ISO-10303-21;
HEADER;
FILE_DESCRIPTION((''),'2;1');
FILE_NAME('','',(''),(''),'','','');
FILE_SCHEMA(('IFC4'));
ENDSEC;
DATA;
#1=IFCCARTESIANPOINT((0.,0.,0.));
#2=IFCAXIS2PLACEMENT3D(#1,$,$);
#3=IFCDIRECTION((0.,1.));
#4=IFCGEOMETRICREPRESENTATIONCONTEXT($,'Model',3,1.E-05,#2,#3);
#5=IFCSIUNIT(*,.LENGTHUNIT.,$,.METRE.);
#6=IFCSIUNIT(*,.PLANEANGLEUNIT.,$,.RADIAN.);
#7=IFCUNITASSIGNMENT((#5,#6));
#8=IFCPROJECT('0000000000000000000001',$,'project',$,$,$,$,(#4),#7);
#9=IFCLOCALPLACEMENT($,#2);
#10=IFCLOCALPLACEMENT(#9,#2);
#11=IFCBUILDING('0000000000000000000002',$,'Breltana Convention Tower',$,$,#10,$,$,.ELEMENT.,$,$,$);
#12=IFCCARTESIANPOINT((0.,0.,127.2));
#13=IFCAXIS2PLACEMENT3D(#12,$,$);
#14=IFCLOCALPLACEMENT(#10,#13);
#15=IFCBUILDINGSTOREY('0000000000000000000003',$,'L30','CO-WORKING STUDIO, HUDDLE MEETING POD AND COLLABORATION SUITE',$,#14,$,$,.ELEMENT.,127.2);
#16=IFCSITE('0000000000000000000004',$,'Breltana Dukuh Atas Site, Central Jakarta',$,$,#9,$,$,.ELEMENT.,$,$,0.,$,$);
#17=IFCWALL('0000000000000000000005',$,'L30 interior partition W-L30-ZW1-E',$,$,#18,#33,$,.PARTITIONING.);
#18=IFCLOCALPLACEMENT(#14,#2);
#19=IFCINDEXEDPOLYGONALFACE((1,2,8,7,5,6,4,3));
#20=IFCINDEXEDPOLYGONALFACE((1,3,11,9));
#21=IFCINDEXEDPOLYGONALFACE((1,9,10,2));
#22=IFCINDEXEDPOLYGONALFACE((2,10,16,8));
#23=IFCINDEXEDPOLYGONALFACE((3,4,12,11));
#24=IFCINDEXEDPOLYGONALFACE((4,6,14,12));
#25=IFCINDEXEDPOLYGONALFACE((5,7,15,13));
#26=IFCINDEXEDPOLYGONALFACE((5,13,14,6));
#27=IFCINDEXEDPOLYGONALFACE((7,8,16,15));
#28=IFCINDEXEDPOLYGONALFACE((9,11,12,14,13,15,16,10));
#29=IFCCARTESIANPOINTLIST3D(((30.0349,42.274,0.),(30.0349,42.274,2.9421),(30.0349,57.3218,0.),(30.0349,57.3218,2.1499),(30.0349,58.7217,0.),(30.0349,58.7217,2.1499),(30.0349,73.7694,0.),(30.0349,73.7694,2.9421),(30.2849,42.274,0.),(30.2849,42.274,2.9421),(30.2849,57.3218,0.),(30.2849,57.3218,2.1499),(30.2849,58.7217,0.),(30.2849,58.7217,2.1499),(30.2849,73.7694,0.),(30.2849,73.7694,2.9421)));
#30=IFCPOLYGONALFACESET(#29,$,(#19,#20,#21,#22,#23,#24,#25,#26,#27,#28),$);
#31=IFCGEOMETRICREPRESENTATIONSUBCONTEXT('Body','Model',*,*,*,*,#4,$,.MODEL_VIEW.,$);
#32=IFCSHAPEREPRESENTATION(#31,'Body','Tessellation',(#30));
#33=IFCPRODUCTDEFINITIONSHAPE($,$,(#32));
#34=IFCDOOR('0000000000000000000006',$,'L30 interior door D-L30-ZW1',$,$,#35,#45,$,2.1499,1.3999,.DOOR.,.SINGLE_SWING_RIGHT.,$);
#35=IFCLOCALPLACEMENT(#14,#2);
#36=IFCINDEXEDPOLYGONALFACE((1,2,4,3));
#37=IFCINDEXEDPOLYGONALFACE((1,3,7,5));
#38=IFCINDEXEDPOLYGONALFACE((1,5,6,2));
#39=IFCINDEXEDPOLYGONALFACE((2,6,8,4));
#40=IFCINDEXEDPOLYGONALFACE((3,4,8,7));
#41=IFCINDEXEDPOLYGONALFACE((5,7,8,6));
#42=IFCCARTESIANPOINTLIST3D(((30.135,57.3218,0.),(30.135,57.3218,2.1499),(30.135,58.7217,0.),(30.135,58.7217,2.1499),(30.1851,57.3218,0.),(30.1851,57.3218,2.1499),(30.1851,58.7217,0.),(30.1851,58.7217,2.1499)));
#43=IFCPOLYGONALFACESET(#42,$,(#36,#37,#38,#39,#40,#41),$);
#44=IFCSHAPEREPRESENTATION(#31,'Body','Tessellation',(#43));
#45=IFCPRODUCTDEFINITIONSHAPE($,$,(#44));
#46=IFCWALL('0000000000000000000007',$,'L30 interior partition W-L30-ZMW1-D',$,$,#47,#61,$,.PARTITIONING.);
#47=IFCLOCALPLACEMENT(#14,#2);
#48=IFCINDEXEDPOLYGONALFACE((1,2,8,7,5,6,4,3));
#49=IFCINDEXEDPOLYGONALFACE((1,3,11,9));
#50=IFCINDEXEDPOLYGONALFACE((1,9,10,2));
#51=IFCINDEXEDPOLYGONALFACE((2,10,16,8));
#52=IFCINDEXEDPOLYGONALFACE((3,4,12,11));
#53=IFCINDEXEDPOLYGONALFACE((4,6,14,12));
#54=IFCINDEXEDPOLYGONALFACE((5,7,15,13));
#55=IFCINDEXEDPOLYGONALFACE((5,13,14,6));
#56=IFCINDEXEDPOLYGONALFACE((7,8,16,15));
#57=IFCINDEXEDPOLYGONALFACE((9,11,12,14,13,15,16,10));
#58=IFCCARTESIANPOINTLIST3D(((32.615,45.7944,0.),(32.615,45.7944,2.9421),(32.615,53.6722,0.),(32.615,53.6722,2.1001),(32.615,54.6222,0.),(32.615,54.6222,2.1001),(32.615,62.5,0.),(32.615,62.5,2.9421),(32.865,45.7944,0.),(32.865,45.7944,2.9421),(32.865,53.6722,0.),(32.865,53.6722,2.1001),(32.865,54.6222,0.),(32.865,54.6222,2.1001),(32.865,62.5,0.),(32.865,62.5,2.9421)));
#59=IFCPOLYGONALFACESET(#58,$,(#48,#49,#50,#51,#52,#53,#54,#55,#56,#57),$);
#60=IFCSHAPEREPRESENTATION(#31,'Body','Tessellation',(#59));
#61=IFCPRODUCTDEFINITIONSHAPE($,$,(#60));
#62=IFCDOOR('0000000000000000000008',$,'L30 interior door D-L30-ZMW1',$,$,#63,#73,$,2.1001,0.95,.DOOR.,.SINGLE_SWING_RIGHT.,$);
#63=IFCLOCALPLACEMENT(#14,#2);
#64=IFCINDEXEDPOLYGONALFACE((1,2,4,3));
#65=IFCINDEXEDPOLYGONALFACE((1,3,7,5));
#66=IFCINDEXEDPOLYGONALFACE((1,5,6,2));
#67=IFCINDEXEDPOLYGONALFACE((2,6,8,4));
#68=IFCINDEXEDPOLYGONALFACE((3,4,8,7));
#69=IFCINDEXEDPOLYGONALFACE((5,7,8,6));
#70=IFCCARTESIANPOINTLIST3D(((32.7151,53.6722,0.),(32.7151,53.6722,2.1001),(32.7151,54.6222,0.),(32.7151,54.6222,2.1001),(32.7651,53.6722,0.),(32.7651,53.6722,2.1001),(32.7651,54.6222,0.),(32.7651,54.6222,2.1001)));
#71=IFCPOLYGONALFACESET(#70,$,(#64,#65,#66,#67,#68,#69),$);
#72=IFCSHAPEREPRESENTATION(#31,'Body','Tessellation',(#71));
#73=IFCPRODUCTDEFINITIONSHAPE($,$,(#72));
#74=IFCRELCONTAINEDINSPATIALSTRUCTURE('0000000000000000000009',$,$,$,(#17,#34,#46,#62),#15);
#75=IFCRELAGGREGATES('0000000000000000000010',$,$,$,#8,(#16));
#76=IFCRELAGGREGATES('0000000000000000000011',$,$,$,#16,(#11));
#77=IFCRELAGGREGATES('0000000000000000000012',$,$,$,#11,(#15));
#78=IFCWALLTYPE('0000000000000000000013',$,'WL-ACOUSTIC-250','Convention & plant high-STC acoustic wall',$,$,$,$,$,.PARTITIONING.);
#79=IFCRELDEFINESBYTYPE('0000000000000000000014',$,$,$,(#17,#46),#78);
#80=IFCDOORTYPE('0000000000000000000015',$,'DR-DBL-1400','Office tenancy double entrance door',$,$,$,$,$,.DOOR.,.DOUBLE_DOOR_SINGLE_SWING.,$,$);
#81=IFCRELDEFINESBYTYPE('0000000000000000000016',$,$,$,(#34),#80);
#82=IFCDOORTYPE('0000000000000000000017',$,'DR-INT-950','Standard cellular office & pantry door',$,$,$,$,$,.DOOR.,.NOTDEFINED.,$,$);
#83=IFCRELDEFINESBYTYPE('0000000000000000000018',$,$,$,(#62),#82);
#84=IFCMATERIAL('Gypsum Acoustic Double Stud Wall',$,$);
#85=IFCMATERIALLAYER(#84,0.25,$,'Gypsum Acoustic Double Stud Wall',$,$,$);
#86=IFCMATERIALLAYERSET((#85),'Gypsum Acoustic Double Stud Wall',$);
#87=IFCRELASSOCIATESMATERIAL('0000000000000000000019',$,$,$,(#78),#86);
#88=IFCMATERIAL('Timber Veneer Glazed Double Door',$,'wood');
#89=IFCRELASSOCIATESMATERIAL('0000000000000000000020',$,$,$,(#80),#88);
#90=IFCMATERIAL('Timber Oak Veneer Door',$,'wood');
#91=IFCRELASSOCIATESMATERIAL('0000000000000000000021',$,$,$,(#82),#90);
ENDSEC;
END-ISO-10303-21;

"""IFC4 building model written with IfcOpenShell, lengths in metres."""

from ifc_helpers import new_model, si_unit, direction, frame, frame_2d, origin, place, context, subcontext, project, spatial, rectangle, extrude, source, transform, mapped, material, layer, layer_set, type_object, type_shapes, element, fill, save


model = new_model("IFC4")

# Units and contexts
model_context = context("Model", 3, precision=1e-05, world=origin(), true_north=direction((0.0, 1.0)))
body_context = subcontext(model_context, "Body", "Model", "MODEL_VIEW")
ifc_project = project(units=[si_unit("LENGTHUNIT", "METRE"), si_unit("PLANEANGLEUNIT", "RADIAN")], contexts=[model_context])

# Site, building, storey
site_placement = place(None, origin())
site = spatial("IfcSite", under=ifc_project, at=site_placement, Name="Breltana Dukuh Atas Site, Central Jakarta", CompositionType="ELEMENT", RefElevation=0.0)
building_placement = place(site_placement, origin())
building = spatial("IfcBuilding", under=site, at=building_placement, Name="Breltana Convention Tower", CompositionType="ELEMENT")
storey_placement = place(building_placement, frame((0.0, 0.0, 127.2)))
storey = spatial("IfcBuildingStorey", under=building, at=storey_placement, Name="L30", Description="CO-WORKING STUDIO, HUDDLE MEETING POD AND COLLABORATION SUITE", CompositionType="ELEMENT", Elevation=127.2)

# Walls, openings, doors
ifc_material_1 = material(Name="Gypsum Acoustic Double Stud Wall")
ifc_layer_1 = layer(ifc_material_1, 0.25, Name="Gypsum Acoustic Double Stud Wall")
ifc_layer_set_1 = layer_set([ifc_layer_1], Name="Gypsum Acoustic Double Stud Wall")
wall_type_1 = type_object("IfcWallType", Name="WL-ACOUSTIC-250", Description="Convention & plant high-STC acoustic wall", PredefinedType="PARTITIONING", material=ifc_layer_set_1)
shared_shape_1 = source(origin(), body_context, "Body", "SweptSolid", [
    extrude(rectangle(XDim=31.4954, YDim=0.25, at=frame_2d((15.7476, 0.0))), origin(), (0.0, 0.0, 1.0), 2.9421),
])
wall_1_placement = place(storey_placement, frame((30.1599, 42.2742, 0.0), z_axis=(0.0, 0.0, 1.0), x_axis=(0.0, 1.0, 0.0)))
wall_1 = element("IfcWall", 1, at=wall_1_placement, inside=storey, type_object=wall_type_1, Name="L30 interior partition W-L30-ZW1-E", PredefinedType="PARTITIONING", context=body_context, shape_type="MappedRepresentation", body=[
    mapped(shared_shape_1, transform((0.0, 0.0, 0.0), scale=1.0)),
])
opening_1_placement = place(wall_1_placement, frame((15.0476, 0.0, 0.0)))
opening_1 = element("IfcOpeningElement", 2, at=opening_1_placement, cuts=wall_1, PredefinedType="OPENING", context=body_context, shape_type="SweptSolid", body=[
    extrude(rectangle(XDim=1.3999, YDim=2.1499, at=frame_2d((0.7, 1.075))), frame((0.0, 0.135, 0.0), z_axis=(0.0, -1.0, 0.0), x_axis=(1.0, 0.0, 0.0)), (0.0, 0.0, 1.0), 0.27),
])
ifc_material_2 = material(Name="Timber Veneer Glazed Double Door", Category="wood")
door_type_1 = type_object("IfcDoorType", Name="DR-DBL-1400", Description="Office tenancy double entrance door", OperationType="DOUBLE_DOOR_SINGLE_SWING", PredefinedType="DOOR", material=ifc_material_2)
shared_shape_2 = source(origin(), body_context, "Body", "SweptSolid", [
    extrude(rectangle(XDim=1.3999, YDim=2.1499, at=frame_2d((0.7, 1.075))), frame((0.0, 0.0249, 0.0), z_axis=(0.0, -1.0, 0.0), x_axis=(1.0, 0.0, 0.0)), (0.0, 0.0, 1.0), 0.05),
])
type_shapes(door_type_1, [shared_shape_2])
door_1_placement = place(opening_1_placement, origin())
door_1 = element("IfcDoor", 3, at=door_1_placement, inside=storey, type_object=door_type_1, Name="L30 interior door D-L30-ZW1", OperationType="SINGLE_SWING_RIGHT", OverallHeight=2.1499, OverallWidth=1.3999, PredefinedType="DOOR", context=body_context, shape_type="MappedRepresentation", body=[
    mapped(shared_shape_2, transform((0.0, 0.0, 0.0), scale=1.0)),
])
fill(opening_1, door_1)
shared_shape_3 = source(origin(), body_context, "Body", "SweptSolid", [
    extrude(rectangle(XDim=16.7056, YDim=0.25, at=frame_2d((8.3528, 0.0))), origin(), (0.0, 0.0, 1.0), 2.9421),
])
wall_2_placement = place(storey_placement, frame((32.74, 45.7944, 0.0), z_axis=(0.0, 0.0, 1.0), x_axis=(0.0, 1.0, 0.0)))
wall_2 = element("IfcWall", 4, at=wall_2_placement, inside=storey, type_object=wall_type_1, Name="L30 interior partition W-L30-ZMW1-D", PredefinedType="PARTITIONING", context=body_context, shape_type="MappedRepresentation", body=[
    mapped(shared_shape_3, transform((0.0, 0.0, 0.0), scale=1.0)),
])
opening_2_placement = place(wall_2_placement, frame((7.8777, 0.0, 0.0)))
opening_2 = element("IfcOpeningElement", 5, at=opening_2_placement, cuts=wall_2, PredefinedType="OPENING", context=body_context, shape_type="SweptSolid", body=[
    extrude(rectangle(XDim=0.95, YDim=2.1001, at=frame_2d((0.4751, 1.05))), frame((0.0, 0.135, 0.0), z_axis=(0.0, -1.0, 0.0), x_axis=(1.0, 0.0, 0.0)), (0.0, 0.0, 1.0), 0.27),
])
ifc_material_3 = material(Name="Timber Oak Veneer Door", Category="wood")
door_type_2 = type_object("IfcDoorType", Name="DR-INT-950", Description="Standard cellular office & pantry door", OperationType="NOTDEFINED", PredefinedType="DOOR", material=ifc_material_3)
shared_shape_4 = source(origin(), body_context, "Body", "SweptSolid", [
    extrude(rectangle(XDim=0.95, YDim=2.1001, at=frame_2d((0.4751, 1.05))), frame((0.0, 0.0249, 0.0), z_axis=(0.0, -1.0, 0.0), x_axis=(1.0, 0.0, 0.0)), (0.0, 0.0, 1.0), 0.05),
])
type_shapes(door_type_2, [shared_shape_4])
door_2_placement = place(opening_2_placement, origin())
door_2 = element("IfcDoor", 6, at=door_2_placement, inside=storey, type_object=door_type_2, Name="L30 interior door D-L30-ZMW1", OperationType="SINGLE_SWING_RIGHT", OverallHeight=2.1001, OverallWidth=0.95, PredefinedType="DOOR", context=body_context, shape_type="MappedRepresentation", body=[
    mapped(shared_shape_4, transform((0.0, 0.0, 0.0), scale=1.0)),
])
fill(opening_2, door_2)

save(model, "model.ifc")
